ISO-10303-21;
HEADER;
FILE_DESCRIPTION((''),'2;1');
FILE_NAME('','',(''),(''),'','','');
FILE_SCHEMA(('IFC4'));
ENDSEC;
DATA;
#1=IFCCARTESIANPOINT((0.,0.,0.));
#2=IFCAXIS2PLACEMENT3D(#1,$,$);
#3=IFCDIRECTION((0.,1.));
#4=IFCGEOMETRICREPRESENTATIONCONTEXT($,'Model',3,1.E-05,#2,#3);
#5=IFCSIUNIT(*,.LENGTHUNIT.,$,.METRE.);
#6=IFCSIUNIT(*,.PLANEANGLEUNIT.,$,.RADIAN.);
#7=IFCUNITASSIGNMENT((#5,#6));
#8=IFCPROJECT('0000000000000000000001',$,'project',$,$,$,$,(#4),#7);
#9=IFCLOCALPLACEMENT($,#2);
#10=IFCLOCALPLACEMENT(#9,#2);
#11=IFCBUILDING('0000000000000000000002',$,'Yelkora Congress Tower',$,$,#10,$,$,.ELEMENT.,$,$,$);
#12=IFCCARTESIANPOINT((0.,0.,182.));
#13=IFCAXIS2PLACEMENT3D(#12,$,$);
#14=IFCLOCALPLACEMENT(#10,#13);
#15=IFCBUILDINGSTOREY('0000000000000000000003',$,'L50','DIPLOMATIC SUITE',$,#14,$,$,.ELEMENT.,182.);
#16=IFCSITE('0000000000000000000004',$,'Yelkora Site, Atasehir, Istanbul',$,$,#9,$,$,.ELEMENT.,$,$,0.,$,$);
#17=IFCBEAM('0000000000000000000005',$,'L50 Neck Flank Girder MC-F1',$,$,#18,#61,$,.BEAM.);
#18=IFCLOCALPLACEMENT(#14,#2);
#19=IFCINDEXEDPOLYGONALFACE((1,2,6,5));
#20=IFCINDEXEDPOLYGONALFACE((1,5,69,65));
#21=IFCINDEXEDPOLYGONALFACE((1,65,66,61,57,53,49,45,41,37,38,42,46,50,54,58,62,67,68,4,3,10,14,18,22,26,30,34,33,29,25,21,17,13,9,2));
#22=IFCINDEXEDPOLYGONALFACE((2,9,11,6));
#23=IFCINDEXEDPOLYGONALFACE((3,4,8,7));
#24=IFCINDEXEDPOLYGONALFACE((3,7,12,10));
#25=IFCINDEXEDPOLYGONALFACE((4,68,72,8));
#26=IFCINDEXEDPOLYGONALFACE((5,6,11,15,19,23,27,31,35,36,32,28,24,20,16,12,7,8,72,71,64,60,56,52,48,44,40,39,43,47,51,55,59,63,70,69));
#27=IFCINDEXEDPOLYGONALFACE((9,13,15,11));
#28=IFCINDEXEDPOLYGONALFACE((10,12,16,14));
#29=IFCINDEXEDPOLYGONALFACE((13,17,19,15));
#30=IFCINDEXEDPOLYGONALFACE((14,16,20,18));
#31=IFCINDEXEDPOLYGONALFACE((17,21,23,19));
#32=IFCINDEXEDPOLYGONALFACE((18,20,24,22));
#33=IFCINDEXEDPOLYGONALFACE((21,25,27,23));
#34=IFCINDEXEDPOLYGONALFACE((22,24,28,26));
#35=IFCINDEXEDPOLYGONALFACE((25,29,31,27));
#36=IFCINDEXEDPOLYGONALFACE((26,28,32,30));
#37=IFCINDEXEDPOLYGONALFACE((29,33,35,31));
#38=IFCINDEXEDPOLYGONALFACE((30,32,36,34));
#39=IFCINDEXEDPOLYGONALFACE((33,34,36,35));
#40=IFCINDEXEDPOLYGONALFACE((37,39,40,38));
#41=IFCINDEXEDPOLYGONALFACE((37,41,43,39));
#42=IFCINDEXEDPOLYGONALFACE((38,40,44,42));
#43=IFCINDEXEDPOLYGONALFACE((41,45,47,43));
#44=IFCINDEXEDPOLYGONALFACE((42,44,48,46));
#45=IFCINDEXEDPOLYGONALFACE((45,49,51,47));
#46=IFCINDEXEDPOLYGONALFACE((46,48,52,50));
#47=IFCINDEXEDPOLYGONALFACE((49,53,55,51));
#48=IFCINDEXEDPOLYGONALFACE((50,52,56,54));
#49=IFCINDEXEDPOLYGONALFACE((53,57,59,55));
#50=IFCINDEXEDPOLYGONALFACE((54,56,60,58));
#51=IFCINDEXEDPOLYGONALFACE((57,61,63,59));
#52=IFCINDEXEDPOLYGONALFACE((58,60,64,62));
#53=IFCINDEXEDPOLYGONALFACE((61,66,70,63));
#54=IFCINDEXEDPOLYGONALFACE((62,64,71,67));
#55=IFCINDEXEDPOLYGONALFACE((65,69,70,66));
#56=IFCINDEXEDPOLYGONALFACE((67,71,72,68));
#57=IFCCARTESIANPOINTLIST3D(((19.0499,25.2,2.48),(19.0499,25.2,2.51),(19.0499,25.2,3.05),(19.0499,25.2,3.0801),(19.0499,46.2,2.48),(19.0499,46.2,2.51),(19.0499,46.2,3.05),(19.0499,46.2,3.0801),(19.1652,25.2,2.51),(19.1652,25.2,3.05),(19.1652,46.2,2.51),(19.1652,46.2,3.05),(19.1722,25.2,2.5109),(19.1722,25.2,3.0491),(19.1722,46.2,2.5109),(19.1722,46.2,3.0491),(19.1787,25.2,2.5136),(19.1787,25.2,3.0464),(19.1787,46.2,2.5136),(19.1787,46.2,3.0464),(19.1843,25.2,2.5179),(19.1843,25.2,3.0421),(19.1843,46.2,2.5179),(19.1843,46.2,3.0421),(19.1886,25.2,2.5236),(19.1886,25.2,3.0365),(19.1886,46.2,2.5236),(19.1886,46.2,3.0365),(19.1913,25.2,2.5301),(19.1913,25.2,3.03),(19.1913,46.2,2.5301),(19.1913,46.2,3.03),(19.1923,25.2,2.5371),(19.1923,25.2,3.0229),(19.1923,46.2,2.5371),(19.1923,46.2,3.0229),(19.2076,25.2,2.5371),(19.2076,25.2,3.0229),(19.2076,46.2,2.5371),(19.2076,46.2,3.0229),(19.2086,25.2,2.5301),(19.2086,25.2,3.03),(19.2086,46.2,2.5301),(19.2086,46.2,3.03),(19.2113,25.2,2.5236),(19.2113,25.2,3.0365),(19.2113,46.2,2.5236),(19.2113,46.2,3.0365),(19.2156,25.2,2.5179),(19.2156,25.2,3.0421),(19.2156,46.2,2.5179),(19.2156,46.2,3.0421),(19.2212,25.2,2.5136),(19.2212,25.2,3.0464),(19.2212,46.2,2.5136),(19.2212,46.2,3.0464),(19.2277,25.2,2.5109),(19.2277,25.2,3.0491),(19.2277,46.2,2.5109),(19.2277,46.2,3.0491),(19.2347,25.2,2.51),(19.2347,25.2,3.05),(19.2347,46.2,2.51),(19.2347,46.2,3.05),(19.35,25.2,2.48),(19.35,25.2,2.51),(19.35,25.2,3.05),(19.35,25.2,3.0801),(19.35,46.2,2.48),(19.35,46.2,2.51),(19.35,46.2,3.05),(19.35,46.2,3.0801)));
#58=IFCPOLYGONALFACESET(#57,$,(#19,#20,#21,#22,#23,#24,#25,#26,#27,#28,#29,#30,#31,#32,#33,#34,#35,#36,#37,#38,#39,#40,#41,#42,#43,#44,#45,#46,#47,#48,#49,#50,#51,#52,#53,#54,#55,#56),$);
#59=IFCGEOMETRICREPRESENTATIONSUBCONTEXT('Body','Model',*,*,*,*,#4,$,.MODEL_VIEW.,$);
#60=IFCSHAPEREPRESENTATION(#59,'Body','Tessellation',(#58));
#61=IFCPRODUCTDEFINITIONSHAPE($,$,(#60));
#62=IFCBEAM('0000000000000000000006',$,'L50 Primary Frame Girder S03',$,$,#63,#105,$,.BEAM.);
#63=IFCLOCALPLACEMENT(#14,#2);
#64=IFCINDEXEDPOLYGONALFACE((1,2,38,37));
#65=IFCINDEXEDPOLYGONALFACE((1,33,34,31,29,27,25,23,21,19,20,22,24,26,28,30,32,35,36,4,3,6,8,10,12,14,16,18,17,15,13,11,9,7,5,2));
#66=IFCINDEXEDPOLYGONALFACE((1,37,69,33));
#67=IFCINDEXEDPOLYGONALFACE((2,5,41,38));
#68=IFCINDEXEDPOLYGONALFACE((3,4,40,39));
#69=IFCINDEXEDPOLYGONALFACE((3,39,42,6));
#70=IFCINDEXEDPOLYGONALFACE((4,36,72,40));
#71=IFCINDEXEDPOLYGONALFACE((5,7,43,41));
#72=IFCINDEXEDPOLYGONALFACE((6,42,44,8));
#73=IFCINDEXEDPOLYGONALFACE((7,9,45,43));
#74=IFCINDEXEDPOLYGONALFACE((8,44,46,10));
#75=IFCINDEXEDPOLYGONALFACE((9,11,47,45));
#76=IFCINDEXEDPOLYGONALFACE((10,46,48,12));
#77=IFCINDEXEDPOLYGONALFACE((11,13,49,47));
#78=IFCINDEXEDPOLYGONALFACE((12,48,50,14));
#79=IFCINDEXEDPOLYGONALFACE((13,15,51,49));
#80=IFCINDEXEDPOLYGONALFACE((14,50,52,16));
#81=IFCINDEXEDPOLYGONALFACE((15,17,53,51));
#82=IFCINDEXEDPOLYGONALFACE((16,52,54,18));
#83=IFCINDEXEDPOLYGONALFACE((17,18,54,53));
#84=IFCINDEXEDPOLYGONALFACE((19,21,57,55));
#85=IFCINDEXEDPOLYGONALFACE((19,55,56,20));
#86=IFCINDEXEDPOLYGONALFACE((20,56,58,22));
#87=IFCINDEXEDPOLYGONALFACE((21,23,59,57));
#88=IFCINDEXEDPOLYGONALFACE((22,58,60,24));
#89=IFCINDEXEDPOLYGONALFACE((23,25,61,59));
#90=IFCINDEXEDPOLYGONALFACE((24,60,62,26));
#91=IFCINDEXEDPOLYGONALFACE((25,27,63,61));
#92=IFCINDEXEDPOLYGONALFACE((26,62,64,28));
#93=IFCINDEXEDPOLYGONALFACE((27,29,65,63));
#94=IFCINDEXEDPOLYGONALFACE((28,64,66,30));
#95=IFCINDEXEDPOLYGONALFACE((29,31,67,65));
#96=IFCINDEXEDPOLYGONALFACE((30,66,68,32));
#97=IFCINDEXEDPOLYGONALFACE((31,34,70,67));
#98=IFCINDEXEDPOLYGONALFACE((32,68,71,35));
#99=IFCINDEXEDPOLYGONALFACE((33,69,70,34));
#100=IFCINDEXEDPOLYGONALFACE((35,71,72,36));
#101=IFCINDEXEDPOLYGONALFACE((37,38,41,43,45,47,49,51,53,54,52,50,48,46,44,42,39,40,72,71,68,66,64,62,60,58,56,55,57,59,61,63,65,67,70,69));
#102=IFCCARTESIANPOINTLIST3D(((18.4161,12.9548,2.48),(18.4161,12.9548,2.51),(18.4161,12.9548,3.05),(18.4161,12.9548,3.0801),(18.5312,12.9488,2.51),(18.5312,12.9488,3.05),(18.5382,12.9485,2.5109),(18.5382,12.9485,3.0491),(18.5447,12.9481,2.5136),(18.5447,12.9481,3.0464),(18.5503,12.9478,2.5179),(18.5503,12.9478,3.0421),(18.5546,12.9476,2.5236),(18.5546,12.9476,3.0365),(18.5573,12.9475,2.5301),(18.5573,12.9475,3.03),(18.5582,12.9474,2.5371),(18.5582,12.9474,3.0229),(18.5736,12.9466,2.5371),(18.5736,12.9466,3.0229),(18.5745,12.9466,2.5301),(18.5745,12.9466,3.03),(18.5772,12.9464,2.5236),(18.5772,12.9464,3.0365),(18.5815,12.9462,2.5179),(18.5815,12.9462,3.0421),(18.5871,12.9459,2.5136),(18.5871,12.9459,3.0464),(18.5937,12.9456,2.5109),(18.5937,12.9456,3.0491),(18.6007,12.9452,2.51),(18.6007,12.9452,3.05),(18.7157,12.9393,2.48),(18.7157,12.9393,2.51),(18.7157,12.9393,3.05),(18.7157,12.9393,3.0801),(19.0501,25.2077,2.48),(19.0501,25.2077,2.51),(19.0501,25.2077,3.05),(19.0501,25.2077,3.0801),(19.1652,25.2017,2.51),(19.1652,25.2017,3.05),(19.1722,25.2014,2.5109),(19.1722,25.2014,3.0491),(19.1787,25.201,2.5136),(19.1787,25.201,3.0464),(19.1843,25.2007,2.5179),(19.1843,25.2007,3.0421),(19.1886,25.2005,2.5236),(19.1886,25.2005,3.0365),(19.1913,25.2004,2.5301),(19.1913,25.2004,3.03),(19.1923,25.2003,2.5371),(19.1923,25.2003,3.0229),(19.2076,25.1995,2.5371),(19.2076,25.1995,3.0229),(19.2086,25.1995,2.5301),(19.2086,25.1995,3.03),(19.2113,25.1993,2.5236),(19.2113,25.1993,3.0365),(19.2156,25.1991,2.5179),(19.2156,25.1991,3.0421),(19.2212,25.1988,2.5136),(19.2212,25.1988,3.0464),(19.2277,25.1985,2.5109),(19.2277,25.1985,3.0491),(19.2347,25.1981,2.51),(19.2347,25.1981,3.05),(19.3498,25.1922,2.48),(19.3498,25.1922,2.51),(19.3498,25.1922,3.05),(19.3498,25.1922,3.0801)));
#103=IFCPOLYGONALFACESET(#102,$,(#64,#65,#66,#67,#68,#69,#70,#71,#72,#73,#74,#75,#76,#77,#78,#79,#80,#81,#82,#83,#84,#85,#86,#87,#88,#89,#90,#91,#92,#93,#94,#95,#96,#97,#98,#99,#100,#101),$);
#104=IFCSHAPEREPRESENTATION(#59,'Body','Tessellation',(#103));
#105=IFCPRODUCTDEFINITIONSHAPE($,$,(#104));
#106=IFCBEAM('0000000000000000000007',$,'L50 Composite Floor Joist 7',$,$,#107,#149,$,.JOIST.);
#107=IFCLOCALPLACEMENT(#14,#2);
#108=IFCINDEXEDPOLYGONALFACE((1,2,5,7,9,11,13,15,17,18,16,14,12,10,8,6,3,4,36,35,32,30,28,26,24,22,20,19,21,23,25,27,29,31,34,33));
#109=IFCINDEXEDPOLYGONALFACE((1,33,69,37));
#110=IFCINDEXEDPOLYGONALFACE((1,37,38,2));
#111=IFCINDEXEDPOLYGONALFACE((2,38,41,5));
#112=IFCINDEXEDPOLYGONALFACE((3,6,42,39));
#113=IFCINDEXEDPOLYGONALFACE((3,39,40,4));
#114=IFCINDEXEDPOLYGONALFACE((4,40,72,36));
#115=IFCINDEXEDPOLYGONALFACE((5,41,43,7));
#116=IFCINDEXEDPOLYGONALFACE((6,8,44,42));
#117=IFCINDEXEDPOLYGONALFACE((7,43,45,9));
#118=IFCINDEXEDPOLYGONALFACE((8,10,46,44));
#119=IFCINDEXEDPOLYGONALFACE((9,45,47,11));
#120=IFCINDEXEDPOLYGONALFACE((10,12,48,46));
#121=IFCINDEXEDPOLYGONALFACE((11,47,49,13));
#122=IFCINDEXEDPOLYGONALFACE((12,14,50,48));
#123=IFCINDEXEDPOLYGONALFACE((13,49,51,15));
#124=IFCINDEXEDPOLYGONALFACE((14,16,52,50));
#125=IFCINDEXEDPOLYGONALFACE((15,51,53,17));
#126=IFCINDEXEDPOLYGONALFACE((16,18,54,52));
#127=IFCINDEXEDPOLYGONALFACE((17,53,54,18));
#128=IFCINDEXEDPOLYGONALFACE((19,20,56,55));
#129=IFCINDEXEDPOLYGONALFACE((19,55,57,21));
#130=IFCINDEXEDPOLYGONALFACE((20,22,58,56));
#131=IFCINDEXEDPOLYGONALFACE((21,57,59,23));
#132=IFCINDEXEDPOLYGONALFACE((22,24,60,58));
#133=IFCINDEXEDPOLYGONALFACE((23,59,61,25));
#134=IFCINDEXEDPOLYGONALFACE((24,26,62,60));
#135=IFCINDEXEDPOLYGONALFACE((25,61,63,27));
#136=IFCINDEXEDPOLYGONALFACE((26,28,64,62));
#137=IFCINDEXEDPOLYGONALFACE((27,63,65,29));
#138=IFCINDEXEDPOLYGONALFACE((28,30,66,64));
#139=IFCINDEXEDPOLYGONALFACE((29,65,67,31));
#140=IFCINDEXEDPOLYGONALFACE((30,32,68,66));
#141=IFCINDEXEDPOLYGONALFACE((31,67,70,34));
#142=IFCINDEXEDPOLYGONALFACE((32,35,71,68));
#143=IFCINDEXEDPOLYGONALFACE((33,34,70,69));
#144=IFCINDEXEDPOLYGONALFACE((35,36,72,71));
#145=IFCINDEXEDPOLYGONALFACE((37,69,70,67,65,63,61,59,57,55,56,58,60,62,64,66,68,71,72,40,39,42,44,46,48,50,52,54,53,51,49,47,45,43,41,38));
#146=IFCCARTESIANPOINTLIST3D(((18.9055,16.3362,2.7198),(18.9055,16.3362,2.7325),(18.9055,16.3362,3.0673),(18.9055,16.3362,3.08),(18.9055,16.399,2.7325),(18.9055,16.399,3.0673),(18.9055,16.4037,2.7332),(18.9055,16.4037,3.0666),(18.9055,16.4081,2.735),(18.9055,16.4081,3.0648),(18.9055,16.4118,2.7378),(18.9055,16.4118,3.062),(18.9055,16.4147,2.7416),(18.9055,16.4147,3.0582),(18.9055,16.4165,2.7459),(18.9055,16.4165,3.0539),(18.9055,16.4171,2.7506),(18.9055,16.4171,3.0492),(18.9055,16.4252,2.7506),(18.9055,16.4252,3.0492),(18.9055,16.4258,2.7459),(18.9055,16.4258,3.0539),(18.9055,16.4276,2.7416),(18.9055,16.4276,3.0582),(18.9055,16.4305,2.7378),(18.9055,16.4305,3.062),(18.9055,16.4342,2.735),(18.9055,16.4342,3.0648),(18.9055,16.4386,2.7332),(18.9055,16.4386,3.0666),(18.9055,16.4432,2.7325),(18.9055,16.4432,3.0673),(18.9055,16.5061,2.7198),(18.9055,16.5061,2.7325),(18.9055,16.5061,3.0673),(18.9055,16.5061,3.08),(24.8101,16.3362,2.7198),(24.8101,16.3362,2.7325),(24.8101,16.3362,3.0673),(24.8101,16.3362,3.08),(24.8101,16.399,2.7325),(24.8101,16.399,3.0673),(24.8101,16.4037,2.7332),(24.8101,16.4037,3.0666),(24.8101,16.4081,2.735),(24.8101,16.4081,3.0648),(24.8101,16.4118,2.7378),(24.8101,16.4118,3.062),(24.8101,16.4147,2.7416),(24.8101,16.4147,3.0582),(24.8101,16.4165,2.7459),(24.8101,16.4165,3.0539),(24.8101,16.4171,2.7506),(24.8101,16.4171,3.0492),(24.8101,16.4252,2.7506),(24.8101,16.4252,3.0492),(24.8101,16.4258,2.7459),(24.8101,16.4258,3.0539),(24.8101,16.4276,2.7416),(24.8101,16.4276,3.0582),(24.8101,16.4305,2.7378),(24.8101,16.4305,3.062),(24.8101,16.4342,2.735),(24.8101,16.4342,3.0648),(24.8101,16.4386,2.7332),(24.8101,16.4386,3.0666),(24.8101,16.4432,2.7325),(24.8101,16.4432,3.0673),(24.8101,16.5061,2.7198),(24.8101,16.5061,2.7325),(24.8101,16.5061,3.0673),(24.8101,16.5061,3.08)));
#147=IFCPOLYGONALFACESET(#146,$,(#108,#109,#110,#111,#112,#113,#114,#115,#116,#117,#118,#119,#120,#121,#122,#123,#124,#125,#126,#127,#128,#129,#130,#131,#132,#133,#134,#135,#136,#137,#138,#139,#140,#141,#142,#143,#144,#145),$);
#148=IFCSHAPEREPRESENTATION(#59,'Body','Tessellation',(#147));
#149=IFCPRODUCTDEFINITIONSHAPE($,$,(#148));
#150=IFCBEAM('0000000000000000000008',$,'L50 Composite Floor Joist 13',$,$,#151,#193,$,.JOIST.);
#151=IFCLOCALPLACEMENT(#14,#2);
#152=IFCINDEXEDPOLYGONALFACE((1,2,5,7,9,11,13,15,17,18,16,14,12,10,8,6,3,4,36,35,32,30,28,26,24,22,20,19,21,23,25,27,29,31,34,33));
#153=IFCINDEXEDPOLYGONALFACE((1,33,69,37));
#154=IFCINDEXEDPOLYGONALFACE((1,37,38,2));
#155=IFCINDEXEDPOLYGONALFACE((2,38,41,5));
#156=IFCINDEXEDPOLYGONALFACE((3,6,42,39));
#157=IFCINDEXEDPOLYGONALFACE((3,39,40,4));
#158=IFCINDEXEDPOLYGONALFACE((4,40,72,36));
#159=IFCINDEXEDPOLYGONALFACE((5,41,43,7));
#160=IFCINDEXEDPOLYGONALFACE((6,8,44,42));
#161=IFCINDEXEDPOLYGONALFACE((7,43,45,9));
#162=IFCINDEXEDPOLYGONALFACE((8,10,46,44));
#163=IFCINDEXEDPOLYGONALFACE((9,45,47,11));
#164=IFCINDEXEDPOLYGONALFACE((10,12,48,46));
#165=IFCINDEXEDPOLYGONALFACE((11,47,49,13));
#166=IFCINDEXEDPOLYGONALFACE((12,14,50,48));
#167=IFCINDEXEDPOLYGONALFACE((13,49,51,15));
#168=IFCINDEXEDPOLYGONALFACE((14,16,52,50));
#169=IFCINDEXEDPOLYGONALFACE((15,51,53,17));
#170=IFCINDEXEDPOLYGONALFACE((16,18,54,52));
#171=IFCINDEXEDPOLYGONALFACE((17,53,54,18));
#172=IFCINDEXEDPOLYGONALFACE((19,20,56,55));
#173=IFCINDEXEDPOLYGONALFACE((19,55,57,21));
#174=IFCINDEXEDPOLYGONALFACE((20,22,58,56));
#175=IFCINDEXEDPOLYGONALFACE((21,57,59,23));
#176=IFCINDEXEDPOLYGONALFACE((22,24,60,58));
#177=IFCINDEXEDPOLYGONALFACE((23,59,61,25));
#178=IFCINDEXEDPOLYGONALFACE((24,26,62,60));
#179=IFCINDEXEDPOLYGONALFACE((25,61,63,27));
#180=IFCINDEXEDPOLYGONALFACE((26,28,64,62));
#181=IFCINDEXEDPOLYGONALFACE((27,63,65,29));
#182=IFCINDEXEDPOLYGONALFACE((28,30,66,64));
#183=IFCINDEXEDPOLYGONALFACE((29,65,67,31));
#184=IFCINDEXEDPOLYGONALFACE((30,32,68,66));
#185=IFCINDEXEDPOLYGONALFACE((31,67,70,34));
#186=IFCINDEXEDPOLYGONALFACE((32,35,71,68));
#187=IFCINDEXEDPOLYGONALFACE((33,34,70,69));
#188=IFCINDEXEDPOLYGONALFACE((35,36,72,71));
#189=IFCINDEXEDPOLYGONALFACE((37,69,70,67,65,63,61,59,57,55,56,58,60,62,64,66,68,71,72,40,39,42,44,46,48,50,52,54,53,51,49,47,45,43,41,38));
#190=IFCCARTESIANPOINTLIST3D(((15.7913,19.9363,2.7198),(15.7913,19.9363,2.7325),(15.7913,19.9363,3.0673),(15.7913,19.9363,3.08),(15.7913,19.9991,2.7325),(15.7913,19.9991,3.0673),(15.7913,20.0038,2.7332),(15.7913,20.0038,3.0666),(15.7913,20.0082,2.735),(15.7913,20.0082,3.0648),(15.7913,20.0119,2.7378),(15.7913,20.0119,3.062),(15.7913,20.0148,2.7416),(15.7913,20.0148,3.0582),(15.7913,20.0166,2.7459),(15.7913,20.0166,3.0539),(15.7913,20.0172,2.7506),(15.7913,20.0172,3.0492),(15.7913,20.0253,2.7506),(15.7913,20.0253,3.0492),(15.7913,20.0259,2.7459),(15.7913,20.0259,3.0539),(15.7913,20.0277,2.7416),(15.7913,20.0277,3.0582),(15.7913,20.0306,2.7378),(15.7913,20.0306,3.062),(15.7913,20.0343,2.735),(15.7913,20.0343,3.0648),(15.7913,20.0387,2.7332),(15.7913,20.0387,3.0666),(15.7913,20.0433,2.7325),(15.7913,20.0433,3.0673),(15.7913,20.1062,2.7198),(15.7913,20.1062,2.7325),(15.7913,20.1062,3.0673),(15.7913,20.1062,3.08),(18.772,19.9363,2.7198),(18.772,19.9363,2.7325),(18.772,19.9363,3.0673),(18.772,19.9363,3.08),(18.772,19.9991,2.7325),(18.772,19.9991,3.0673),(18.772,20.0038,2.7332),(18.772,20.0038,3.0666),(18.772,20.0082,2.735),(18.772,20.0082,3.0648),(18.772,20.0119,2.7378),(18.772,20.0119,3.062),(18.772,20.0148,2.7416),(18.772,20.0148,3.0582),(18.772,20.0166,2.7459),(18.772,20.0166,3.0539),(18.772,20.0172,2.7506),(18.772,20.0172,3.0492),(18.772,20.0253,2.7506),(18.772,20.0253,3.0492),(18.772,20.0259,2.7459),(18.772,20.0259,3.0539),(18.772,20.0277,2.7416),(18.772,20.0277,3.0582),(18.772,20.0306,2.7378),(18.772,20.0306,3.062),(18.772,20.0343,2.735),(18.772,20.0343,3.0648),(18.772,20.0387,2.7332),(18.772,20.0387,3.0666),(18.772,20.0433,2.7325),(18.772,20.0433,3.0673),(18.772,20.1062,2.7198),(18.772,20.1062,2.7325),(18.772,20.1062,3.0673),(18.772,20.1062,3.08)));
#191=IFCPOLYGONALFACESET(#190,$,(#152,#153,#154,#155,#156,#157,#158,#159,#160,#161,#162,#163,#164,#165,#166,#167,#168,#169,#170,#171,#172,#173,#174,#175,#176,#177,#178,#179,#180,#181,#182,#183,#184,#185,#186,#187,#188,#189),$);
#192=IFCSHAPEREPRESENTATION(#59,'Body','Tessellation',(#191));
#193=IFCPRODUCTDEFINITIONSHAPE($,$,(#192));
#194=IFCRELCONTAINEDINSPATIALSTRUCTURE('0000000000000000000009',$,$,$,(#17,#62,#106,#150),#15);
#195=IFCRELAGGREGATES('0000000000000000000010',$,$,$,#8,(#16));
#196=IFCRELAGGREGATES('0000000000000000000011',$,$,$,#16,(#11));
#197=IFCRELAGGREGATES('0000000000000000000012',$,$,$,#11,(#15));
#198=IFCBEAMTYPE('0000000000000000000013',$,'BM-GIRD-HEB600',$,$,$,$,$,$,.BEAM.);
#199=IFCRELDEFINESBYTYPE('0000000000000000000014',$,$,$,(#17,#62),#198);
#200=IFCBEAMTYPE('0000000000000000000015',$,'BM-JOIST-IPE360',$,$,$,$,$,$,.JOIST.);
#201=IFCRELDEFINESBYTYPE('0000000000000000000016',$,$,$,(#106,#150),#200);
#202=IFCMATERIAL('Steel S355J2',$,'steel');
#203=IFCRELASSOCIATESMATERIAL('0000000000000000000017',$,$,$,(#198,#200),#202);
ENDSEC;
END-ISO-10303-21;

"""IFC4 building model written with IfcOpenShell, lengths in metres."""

from ifc_helpers import new_model, si_unit, direction, frame, origin, origin_2d, place, context, subcontext, project, spatial, i_section, extrude, material, material_profile, profile_set, type_object, element, save


model = new_model("IFC4")

# Units and contexts
model_context = context("Model", 3, precision=1e-05, world=origin(), true_north=direction((0.0, 1.0)))
body_context = subcontext(model_context, "Body", "Model", "MODEL_VIEW")
ifc_project = project(units=[si_unit("LENGTHUNIT", "METRE"), si_unit("PLANEANGLEUNIT", "RADIAN")], contexts=[model_context])

# Site, building, storey
site_placement = place(None, origin())
site = spatial("IfcSite", under=ifc_project, at=site_placement, Name="Yelkora Site, Atasehir, Istanbul", CompositionType="ELEMENT", RefElevation=0.0)
building_placement = place(site_placement, origin())
building = spatial("IfcBuilding", under=site, at=building_placement, Name="Yelkora Congress Tower", CompositionType="ELEMENT")
storey_placement = place(building_placement, frame((0.0, 0.0, 182.0)))
storey = spatial("IfcBuildingStorey", under=building, at=storey_placement, Name="L50", Description="DIPLOMATIC SUITE", CompositionType="ELEMENT", Elevation=182.0)

# Beams
ifc_material_1 = material(Name="Steel S355J2", Category="steel")
ifc_material_profile_1 = material_profile(ifc_material_1, i_section(OverallWidth=0.3, OverallDepth=0.6001, WebThickness=0.0154, FlangeThickness=0.03, FilletRadius=0.0271, at=origin_2d()), Name="HEB 600")
ifc_profile_set_1 = profile_set([ifc_material_profile_1], Name="Steel S355J2")
beam_type_1 = type_object("IfcBeamType", Name="BM-GIRD-HEB600", PredefinedType="BEAM", material=ifc_profile_set_1)
beam_1_placement = place(storey_placement, frame((19.2, 25.2, 2.78), z_axis=(0.0, 1.0, 0.0), x_axis=(-1.0, 0.0, 0.0)))
element("IfcBeam", 1, at=beam_1_placement, inside=storey, type_object=beam_type_1, Name="L50 Neck Flank Girder MC-F1", PredefinedType="BEAM", context=body_context, shape_type="SweptSolid", body=[
    extrude(i_section(OverallWidth=0.3, OverallDepth=0.6001, WebThickness=0.0154, FlangeThickness=0.03, FilletRadius=0.0271, at=origin_2d()), origin(), (0.0, 0.0, 1.0), 21.0),
])
beam_2_placement = place(storey_placement, frame((18.5659, 12.947, 2.78), z_axis=(0.051676, 0.998664, 0.0), x_axis=(-0.998664, 0.051676, 0.0)))
element("IfcBeam", 2, at=beam_2_placement, inside=storey, type_object=beam_type_1, Name="L50 Primary Frame Girder S03", PredefinedType="BEAM", context=body_context, shape_type="SweptSolid", body=[
    extrude(i_section(OverallWidth=0.3, OverallDepth=0.6001, WebThickness=0.0154, FlangeThickness=0.03, FilletRadius=0.0271, at=origin_2d()), origin(), (0.0, 0.0, 1.0), 12.2693),
])
ifc_material_profile_2 = material_profile(ifc_material_1, i_section(OverallWidth=0.1699, OverallDepth=0.3601, WebThickness=0.0081, FlangeThickness=0.0127, FilletRadius=0.0181, at=origin_2d()), Name="IPE 360")
ifc_profile_set_2 = profile_set([ifc_material_profile_2], Name="Steel S355J2")
beam_type_2 = type_object("IfcBeamType", Name="BM-JOIST-IPE360", PredefinedType="JOIST", material=ifc_profile_set_2)
beam_3_placement = place(storey_placement, frame((18.9055, 16.4211, 2.8999), z_axis=(1.0, 0.0, 0.0), x_axis=(0.0, 1.0, 0.0)))
element("IfcBeam", 3, at=beam_3_placement, inside=storey, type_object=beam_type_2, Name="L50 Composite Floor Joist 7", PredefinedType="JOIST", context=body_context, shape_type="SweptSolid", body=[
    extrude(i_section(OverallWidth=0.1699, OverallDepth=0.3601, WebThickness=0.0081, FlangeThickness=0.0127, FilletRadius=0.0181, at=origin_2d()), origin(), (0.0, 0.0, 1.0), 5.9045),
])
beam_4_placement = place(storey_placement, frame((15.7913, 20.0212, 2.8999), z_axis=(1.0, 0.0, 0.0), x_axis=(0.0, 1.0, 0.0)))
element("IfcBeam", 4, at=beam_4_placement, inside=storey, type_object=beam_type_2, Name="L50 Composite Floor Joist 13", PredefinedType="JOIST", context=body_context, shape_type="SweptSolid", body=[
    extrude(i_section(OverallWidth=0.1699, OverallDepth=0.3601, WebThickness=0.0081, FlangeThickness=0.0127, FilletRadius=0.0181, at=origin_2d()), origin(), (0.0, 0.0, 1.0), 2.9807),
])

save(model, "model.ifc")
